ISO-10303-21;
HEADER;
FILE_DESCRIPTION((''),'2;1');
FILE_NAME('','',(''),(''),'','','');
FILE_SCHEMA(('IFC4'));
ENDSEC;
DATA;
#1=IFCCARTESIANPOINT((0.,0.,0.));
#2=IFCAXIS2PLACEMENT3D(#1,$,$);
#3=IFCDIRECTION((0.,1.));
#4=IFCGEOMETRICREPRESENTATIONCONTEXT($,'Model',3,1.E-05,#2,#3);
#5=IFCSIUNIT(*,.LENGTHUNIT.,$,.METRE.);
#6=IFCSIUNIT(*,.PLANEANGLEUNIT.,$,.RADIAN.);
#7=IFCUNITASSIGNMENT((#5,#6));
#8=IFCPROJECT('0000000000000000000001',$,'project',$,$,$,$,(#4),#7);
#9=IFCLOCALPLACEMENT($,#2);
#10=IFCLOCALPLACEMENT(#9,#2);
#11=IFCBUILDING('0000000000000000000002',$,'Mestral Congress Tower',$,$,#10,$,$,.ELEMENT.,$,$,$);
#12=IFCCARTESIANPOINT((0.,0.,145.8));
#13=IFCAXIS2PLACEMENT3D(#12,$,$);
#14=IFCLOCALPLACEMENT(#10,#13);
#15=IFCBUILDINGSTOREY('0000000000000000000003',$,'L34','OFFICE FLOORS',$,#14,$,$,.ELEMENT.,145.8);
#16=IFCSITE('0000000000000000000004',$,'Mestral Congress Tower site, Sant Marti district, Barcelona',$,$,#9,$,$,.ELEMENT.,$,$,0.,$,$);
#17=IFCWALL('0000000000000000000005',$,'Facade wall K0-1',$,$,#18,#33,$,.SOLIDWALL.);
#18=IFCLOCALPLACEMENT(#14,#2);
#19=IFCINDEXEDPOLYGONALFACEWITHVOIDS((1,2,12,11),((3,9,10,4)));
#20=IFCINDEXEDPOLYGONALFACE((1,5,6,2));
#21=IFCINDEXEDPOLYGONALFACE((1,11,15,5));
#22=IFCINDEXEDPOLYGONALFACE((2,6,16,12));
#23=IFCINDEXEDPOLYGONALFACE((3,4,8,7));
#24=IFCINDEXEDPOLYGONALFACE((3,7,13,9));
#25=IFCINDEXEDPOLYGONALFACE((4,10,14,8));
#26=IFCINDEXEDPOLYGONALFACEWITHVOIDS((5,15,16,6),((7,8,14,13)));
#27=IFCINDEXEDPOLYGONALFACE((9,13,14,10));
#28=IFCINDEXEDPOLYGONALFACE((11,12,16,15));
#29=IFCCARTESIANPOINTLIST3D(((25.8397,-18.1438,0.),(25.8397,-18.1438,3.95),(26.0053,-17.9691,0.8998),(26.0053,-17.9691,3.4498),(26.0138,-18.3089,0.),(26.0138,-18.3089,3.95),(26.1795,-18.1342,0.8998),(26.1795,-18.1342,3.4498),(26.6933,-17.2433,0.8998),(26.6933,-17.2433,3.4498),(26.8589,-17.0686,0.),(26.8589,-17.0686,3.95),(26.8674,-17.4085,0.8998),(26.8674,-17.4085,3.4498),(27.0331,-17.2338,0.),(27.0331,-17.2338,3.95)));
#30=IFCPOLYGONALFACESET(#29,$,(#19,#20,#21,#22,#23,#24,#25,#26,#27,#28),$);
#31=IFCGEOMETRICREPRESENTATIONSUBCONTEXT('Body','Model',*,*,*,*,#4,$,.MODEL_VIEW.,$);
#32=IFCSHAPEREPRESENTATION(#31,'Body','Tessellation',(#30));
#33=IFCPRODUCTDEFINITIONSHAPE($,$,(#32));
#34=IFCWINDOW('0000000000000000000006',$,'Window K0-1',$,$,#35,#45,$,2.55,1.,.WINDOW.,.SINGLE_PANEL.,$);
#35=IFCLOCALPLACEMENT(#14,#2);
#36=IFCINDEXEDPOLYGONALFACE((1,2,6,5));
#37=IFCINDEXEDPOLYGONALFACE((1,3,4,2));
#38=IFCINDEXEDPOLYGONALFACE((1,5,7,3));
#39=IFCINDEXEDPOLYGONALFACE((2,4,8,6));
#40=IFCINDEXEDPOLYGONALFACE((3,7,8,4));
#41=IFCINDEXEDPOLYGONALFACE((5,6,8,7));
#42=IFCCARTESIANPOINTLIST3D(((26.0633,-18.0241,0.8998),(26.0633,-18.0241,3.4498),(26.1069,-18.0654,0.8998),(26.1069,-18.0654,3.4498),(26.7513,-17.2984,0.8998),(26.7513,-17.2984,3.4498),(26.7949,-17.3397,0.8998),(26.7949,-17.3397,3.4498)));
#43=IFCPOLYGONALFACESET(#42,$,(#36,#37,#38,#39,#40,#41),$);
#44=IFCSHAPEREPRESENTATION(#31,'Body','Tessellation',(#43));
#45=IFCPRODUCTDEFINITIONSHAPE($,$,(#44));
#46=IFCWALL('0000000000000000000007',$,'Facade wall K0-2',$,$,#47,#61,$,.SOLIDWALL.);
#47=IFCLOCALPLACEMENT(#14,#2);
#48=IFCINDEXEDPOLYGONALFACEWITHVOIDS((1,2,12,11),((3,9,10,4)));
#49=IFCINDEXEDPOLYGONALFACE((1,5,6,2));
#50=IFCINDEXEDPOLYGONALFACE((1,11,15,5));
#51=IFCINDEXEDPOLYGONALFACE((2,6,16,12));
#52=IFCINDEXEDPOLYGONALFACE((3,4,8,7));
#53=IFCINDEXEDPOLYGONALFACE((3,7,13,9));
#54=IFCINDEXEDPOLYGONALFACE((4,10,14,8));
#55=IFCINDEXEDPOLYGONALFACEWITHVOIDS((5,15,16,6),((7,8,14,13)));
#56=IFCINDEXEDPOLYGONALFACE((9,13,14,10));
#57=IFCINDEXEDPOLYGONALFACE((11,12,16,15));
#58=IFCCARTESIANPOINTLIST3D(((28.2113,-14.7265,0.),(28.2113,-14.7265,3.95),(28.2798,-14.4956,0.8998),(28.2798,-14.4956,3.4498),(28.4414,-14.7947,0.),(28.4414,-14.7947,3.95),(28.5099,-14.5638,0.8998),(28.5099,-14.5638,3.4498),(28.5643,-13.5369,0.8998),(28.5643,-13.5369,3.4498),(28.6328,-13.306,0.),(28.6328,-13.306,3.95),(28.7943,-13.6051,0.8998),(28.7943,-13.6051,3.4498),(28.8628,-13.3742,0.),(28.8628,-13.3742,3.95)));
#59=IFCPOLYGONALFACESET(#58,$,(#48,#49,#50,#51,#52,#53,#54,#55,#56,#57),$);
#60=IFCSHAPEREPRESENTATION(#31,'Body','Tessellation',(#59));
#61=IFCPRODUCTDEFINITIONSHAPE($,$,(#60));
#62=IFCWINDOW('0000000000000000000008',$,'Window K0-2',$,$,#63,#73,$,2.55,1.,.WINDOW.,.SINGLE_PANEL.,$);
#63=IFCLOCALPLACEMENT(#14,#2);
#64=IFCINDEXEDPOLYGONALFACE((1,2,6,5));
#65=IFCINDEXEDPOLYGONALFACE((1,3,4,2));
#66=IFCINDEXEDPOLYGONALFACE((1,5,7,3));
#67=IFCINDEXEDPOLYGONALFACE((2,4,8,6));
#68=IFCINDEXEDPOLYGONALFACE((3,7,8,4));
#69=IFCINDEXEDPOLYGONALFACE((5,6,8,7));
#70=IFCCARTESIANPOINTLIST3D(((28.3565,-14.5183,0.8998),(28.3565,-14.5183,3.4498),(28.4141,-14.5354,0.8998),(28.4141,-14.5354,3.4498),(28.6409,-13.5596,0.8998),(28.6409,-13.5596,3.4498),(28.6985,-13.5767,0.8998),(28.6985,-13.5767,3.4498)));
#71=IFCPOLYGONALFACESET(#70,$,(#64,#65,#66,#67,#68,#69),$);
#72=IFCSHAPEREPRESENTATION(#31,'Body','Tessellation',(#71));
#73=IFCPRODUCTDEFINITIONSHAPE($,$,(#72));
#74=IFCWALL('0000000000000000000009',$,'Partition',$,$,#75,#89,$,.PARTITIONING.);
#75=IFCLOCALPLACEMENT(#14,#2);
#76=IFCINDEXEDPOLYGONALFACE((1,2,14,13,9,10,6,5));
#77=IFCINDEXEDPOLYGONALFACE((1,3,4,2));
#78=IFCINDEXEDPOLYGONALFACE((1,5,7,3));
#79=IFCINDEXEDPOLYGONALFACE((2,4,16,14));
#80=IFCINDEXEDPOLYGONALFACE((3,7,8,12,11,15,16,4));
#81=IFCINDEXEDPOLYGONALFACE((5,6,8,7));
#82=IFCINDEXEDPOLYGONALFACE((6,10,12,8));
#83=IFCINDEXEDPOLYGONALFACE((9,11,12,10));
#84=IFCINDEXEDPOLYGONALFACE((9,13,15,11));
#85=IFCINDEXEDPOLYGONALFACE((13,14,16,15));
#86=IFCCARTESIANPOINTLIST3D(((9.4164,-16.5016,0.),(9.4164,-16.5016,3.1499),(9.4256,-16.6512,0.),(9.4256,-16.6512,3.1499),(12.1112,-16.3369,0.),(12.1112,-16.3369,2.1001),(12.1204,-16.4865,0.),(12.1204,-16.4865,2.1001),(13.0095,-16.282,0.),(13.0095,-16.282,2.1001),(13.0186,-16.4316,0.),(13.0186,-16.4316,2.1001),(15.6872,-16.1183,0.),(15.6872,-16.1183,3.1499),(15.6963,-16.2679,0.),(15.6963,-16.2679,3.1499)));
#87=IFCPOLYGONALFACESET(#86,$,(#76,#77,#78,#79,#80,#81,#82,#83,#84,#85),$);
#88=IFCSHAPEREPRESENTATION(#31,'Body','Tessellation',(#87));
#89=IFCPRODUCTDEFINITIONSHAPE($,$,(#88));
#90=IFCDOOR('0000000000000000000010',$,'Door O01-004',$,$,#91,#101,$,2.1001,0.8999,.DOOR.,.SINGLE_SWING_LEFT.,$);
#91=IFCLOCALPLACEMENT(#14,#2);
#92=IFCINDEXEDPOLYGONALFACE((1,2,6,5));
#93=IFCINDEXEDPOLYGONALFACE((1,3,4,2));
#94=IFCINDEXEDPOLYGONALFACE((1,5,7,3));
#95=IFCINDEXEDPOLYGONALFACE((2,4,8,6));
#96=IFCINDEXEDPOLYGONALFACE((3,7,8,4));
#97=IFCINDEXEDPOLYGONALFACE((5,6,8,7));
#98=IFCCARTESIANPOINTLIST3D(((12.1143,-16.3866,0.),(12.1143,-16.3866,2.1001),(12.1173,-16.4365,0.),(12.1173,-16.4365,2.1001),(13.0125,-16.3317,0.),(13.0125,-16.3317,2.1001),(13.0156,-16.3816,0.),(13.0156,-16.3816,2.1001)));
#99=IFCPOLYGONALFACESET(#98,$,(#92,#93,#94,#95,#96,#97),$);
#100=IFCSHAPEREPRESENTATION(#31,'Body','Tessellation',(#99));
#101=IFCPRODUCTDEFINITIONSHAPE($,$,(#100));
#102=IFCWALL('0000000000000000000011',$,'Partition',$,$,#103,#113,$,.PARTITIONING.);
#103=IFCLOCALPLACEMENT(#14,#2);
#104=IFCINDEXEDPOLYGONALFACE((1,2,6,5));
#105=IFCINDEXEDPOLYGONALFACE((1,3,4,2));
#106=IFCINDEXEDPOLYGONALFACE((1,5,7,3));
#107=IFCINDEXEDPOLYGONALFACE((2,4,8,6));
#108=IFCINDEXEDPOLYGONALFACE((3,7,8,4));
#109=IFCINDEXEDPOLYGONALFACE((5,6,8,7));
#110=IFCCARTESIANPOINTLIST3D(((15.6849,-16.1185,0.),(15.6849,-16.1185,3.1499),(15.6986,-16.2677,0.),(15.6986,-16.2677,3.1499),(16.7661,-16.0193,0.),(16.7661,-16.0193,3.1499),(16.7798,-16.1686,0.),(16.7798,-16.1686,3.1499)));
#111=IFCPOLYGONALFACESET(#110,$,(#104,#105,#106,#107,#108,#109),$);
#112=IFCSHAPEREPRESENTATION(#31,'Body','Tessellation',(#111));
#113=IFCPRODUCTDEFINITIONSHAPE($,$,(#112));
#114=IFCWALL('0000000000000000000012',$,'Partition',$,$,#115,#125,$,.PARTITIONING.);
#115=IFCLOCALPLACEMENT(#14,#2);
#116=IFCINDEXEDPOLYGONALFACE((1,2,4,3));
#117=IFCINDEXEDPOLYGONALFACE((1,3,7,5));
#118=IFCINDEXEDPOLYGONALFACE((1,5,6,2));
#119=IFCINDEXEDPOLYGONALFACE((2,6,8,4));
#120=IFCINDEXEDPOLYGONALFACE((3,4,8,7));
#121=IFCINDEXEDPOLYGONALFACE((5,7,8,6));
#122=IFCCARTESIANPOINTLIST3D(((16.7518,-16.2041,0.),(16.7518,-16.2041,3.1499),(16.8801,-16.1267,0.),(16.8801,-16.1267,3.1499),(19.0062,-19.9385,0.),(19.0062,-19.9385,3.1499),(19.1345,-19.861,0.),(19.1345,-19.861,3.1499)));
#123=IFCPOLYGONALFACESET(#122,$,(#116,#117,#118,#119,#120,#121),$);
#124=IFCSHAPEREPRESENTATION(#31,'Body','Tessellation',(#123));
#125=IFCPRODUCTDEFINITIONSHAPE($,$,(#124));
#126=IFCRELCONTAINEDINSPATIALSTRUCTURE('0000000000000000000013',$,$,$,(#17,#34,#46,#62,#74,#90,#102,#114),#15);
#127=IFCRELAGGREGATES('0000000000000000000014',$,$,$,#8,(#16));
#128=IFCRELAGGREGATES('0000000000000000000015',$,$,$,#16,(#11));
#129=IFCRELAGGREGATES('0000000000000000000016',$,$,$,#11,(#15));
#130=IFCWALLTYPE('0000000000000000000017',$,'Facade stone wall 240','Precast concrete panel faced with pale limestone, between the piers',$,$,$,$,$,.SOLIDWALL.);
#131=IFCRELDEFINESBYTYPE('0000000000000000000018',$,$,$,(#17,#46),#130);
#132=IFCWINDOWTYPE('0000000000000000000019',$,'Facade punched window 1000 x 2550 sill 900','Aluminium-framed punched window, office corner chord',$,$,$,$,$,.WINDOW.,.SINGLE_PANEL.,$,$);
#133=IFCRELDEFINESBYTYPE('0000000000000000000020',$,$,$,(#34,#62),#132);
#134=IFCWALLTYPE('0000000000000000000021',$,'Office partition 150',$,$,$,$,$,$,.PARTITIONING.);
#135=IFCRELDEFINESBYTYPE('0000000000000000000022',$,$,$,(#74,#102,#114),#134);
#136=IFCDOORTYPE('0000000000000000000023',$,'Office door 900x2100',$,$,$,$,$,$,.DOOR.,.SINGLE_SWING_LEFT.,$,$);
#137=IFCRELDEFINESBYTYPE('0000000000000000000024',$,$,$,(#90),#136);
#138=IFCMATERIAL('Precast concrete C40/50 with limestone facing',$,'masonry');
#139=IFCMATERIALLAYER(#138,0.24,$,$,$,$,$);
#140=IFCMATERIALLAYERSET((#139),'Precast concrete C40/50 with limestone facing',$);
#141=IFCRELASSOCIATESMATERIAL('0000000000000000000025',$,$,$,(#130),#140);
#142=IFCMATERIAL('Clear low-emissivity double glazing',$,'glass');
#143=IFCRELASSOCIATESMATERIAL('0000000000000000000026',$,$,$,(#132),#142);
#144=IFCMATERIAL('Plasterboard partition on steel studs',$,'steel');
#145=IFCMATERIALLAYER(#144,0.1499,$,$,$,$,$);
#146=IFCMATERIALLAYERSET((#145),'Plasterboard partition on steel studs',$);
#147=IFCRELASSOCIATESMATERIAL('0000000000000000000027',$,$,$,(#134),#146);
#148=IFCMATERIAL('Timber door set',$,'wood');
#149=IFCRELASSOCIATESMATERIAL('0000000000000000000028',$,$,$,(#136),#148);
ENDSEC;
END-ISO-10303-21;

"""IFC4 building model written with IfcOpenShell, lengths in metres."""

from ifc_helpers import new_model, si_unit, direction, frame, frame_2d, origin, place, context, subcontext, project, spatial, rectangle, extrude, material, layer, layer_set, type_object, element, fill, save


model = new_model("IFC4")

# Units and contexts
model_context = context("Model", 3, precision=1e-05, world=origin(), true_north=direction((0.0, 1.0)))
body_context = subcontext(model_context, "Body", "Model", "MODEL_VIEW")
ifc_project = project(units=[si_unit("LENGTHUNIT", "METRE"), si_unit("PLANEANGLEUNIT", "RADIAN")], contexts=[model_context])

# Site, building, storey
site_placement = place(None, origin())
site = spatial("IfcSite", under=ifc_project, at=site_placement, Name="Mestral Congress Tower site, Sant Marti district, Barcelona", CompositionType="ELEMENT", RefElevation=0.0)
building_placement = place(site_placement, origin())
building = spatial("IfcBuilding", under=site, at=building_placement, Name="Mestral Congress Tower", CompositionType="ELEMENT")
storey_placement = place(building_placement, frame((0.0, 0.0, 145.8)))
storey = spatial("IfcBuildingStorey", under=building, at=storey_placement, Name="L34", Description="OFFICE FLOORS", CompositionType="ELEMENT", Elevation=145.8)

# Shared definitions
ifc_material_1 = material(Name="Precast concrete C40/50 with limestone facing", Category="masonry")
ifc_layer_1 = layer(ifc_material_1, 0.24)
ifc_layer_set_1 = layer_set([ifc_layer_1], Name="Precast concrete C40/50 with limestone facing")
wall_type_1 = type_object("IfcWallType", Name="Facade stone wall 240", Description="Precast concrete panel faced with pale limestone, between the piers", PredefinedType="SOLIDWALL", material=ifc_layer_set_1)
ifc_material_2 = material(Name="Clear low-emissivity double glazing", Category="glass")

# Walls, openings, windows
window_type_1 = type_object("IfcWindowType", Name="Facade punched window 1000 x 2550 sill 900", Description="Aluminium-framed punched window, office corner chord", PartitioningType="SINGLE_PANEL", PredefinedType="WINDOW", material=ifc_material_2)
wall_1_placement = place(storey_placement, frame((25.9268, -18.2263, 0.0), z_axis=(0.0, 0.0, 1.0), x_axis=(0.687987, 0.725723, 0.0)))
wall_1 = element("IfcWall", 1, at=wall_1_placement, inside=storey, type_object=wall_type_1, Name="Facade wall K0-1", PredefinedType="SOLIDWALL", context=body_context, shape_type="SweptSolid", body=[
    extrude(rectangle(XDim=1.4814, YDim=0.24, at=frame_2d((0.7407, 0.0))), origin(), (0.0, 0.0, 1.0), 3.95),
])
opening_1_placement = place(wall_1_placement, frame((0.2407, 0.0, 0.8999)))
opening_1 = element("IfcOpeningElement", 2, at=opening_1_placement, cuts=wall_1, PredefinedType="OPENING", context=body_context, shape_type="SweptSolid", body=[
    extrude(rectangle(XDim=1.0, YDim=2.55, at=frame_2d((0.5, 1.2749))), frame((0.0, 0.1299, 0.0), z_axis=(0.0, -1.0, 0.0), x_axis=(1.0, 0.0, 0.0)), (0.0, 0.0, 1.0), 0.26),
])
window_1_placement = place(opening_1_placement, origin())
window_1 = element("IfcWindow", 3, at=window_1_placement, inside=storey, type_object=window_type_1, Name="Window K0-1", OverallHeight=2.55, OverallWidth=1.0, PartitioningType="SINGLE_PANEL", PredefinedType="WINDOW", context=body_context, shape_type="SweptSolid", body=[
    extrude(rectangle(XDim=1.0, YDim=2.55, at=frame_2d((0.5, 1.2749))), frame((0.0, 0.04, 0.0), z_axis=(0.0, -1.0, 0.0), x_axis=(1.0, 0.0, 0.0)), (0.0, 0.0, 1.0), 0.0601),
])
fill(opening_1, window_1)
wall_2_placement = place(storey_placement, frame((28.3264, -14.7605, 0.0), z_axis=(0.0, 0.0, 1.0), x_axis=(0.284414, 0.958702, 0.0)))
wall_2 = element("IfcWall", 4, at=wall_2_placement, inside=storey, type_object=wall_type_1, Name="Facade wall K0-2", PredefinedType="SOLIDWALL", context=body_context, shape_type="SweptSolid", body=[
    extrude(rectangle(XDim=1.4817, YDim=0.24, at=frame_2d((0.7407, 0.0))), origin(), (0.0, 0.0, 1.0), 3.95),
])
opening_2_placement = place(wall_2_placement, frame((0.2407, 0.0, 0.8999)))
opening_2 = element("IfcOpeningElement", 5, at=opening_2_placement, cuts=wall_2, PredefinedType="OPENING", context=body_context, shape_type="SweptSolid", body=[
    extrude(rectangle(XDim=1.0, YDim=2.55, at=frame_2d((0.5, 1.2749))), frame((0.0, 0.1299, 0.0), z_axis=(0.0, -1.0, 0.0), x_axis=(1.0, 0.0, 0.0)), (0.0, 0.0, 1.0), 0.26),
])
window_2_placement = place(opening_2_placement, origin())
window_2 = element("IfcWindow", 6, at=window_2_placement, inside=storey, type_object=window_type_1, Name="Window K0-2", OverallHeight=2.55, OverallWidth=1.0, PartitioningType="SINGLE_PANEL", PredefinedType="WINDOW", context=body_context, shape_type="SweptSolid", body=[
    extrude(rectangle(XDim=1.0, YDim=2.55, at=frame_2d((0.5, 1.2749))), frame((0.0, 0.04, 0.0), z_axis=(0.0, -1.0, 0.0), x_axis=(1.0, 0.0, 0.0)), (0.0, 0.0, 1.0), 0.0601),
])
fill(opening_2, window_2)

# Wall, opening, door
ifc_material_3 = material(Name="Plasterboard partition on steel studs", Category="steel")
ifc_layer_2 = layer(ifc_material_3, 0.1499)
ifc_layer_set_2 = layer_set([ifc_layer_2], Name="Plasterboard partition on steel studs")
wall_type_2 = type_object("IfcWallType", Name="Office partition 150", PredefinedType="PARTITIONING", material=ifc_layer_set_2)
wall_3_placement = place(storey_placement, frame((15.6917, -16.1931, 0.0), z_axis=(0.0, 0.0, 1.0), x_axis=(-0.998137, -0.061011, 0.0)))
wall_3 = element("IfcWall", 7, at=wall_3_placement, inside=storey, type_object=wall_type_2, Name="Partition", PredefinedType="PARTITIONING", context=body_context, shape_type="SweptSolid", body=[
    extrude(rectangle(XDim=6.2825, YDim=0.1499, at=frame_2d((3.1411, 0.0))), origin(), (0.0, 0.0, 1.0), 3.1499),
])
opening_3_placement = place(wall_3_placement, frame((2.6826, 0.0, 0.0)))
opening_3 = element("IfcOpeningElement", 8, at=opening_3_placement, cuts=wall_3, PredefinedType="OPENING", context=body_context, shape_type="SweptSolid", body=[
    extrude(rectangle(XDim=0.8999, YDim=2.1001, at=frame_2d((0.45, 1.05))), frame((0.0, 0.085, 0.0), z_axis=(0.0, -1.0, 0.0), x_axis=(1.0, 0.0, 0.0)), (0.0, 0.0, 1.0), 0.1699),
])
ifc_material_4 = material(Name="Timber door set", Category="wood")
door_type = type_object("IfcDoorType", Name="Office door 900x2100", OperationType="SINGLE_SWING_LEFT", PredefinedType="DOOR", material=ifc_material_4)
door_placement = place(opening_3_placement, origin())
door = element("IfcDoor", 9, at=door_placement, inside=storey, type_object=door_type, Name="Door O01-004", OperationType="SINGLE_SWING_LEFT", OverallHeight=2.1001, OverallWidth=0.8999, PredefinedType="DOOR", context=body_context, shape_type="SweptSolid", body=[
    extrude(rectangle(XDim=0.8999, YDim=2.1001, at=frame_2d((0.45, 1.05))), frame((0.0, 0.0249, 0.0), z_axis=(0.0, -1.0, 0.0), x_axis=(1.0, 0.0, 0.0)), (0.0, 0.0, 1.0), 0.05),
])
fill(opening_3, door)

# Walls
wall_4_placement = place(storey_placement, frame((15.6917, -16.1931, 0.0), z_axis=(0.0, 0.0, 1.0), x_axis=(0.995823, 0.091306, 0.0)))
element("IfcWall", 10, at=wall_4_placement, inside=storey, type_object=wall_type_2, Name="Partition", PredefinedType="PARTITIONING", context=body_context, shape_type="SweptSolid", body=[
    extrude(rectangle(XDim=1.0857, YDim=0.1499, at=frame_2d((0.543, 0.0))), origin(), (0.0, 0.0, 1.0), 3.1499),
])
wall_5_placement = place(storey_placement, frame((16.8159, -16.1653, 0.0), z_axis=(0.0, 0.0, 1.0), x_axis=(0.516815, -0.856097, 0.0)))
element("IfcWall", 11, at=wall_5_placement, inside=storey, type_object=wall_type_2, Name="Partition", PredefinedType="PARTITIONING", context=body_context, shape_type="SweptSolid", body=[
    extrude(rectangle(XDim=4.3621, YDim=0.1499, at=frame_2d((2.1812, 0.0))), origin(), (0.0, 0.0, 1.0), 3.1499),
])

save(model, "model.ifc")
